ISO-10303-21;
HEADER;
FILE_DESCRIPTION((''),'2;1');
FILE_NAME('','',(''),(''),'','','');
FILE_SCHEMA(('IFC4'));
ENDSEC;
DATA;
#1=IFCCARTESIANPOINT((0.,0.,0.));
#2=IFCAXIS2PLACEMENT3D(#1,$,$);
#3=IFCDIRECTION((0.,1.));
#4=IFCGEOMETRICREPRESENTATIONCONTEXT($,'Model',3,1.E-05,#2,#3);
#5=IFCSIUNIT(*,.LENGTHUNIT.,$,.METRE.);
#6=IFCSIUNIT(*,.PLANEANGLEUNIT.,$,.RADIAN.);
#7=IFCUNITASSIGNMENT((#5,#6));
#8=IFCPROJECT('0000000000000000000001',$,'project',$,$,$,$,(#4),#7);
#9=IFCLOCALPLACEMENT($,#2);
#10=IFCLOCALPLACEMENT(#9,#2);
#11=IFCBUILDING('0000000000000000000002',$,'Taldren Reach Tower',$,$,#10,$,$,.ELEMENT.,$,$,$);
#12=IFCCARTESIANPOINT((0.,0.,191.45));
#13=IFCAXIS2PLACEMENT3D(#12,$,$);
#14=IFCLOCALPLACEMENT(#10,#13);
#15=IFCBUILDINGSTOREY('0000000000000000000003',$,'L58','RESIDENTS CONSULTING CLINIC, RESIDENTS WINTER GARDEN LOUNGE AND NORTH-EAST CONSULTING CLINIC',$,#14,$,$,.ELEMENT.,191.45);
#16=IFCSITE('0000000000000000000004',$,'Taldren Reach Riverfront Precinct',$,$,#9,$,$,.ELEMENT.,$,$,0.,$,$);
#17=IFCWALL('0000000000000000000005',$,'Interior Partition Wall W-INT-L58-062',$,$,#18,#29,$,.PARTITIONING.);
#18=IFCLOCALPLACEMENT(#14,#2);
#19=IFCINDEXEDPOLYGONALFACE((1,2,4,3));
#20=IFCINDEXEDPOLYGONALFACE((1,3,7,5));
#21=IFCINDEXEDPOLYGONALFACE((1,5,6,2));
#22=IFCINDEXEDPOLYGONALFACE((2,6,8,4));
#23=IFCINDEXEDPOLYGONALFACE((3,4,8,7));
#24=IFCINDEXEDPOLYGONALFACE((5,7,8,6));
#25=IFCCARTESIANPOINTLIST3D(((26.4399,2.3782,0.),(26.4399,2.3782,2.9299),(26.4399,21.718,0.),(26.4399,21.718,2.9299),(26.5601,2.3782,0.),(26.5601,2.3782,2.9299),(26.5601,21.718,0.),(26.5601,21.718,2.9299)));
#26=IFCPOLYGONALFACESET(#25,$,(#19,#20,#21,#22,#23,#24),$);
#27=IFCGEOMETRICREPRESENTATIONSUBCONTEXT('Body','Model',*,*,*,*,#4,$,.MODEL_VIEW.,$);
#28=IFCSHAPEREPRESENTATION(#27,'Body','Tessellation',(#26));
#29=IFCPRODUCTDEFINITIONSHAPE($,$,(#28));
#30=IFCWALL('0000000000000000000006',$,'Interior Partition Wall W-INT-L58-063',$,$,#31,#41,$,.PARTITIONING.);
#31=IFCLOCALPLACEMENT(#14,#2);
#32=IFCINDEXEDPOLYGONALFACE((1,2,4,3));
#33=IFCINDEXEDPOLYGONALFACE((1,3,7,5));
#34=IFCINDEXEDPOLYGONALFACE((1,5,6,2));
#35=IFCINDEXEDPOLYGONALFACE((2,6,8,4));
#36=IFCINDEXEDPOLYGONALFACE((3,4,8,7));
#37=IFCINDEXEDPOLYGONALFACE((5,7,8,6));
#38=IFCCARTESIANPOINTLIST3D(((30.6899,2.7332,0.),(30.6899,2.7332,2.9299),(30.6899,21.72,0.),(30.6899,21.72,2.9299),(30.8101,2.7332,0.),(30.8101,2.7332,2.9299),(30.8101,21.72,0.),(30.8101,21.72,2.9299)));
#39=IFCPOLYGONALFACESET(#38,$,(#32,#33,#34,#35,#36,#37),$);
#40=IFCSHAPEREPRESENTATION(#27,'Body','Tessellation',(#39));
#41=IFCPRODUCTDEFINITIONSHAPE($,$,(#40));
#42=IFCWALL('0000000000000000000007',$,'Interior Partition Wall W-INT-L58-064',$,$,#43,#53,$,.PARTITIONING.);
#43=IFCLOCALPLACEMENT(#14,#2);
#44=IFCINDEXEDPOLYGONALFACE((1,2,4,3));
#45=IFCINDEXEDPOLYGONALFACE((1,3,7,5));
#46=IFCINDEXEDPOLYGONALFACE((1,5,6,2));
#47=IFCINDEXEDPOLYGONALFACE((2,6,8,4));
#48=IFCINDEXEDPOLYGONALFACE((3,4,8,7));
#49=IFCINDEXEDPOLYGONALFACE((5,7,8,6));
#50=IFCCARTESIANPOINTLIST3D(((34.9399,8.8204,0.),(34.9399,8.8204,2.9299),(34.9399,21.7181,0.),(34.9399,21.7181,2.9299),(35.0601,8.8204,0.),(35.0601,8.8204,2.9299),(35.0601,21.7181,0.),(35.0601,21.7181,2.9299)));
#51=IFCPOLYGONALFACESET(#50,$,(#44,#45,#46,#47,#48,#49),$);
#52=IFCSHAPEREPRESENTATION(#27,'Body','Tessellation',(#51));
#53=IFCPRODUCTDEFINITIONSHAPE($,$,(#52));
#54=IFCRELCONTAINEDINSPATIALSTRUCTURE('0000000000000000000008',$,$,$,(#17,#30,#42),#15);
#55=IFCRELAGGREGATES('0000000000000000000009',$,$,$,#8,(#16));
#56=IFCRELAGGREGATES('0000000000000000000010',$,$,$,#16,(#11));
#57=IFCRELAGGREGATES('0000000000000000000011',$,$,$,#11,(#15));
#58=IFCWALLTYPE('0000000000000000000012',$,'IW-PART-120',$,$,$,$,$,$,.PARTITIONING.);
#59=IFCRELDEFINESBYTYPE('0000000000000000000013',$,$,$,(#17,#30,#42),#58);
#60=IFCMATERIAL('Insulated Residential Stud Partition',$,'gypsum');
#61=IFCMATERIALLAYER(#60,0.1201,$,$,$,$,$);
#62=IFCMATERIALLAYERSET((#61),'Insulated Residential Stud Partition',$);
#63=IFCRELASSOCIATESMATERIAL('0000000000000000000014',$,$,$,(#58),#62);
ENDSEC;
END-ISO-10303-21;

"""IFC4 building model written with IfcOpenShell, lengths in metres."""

from ifc_helpers import new_model, si_unit, direction, frame, frame_2d, origin, place, context, subcontext, project, spatial, rectangle, extrude, source, transform, mapped, material, layer, layer_set, type_object, element, save


model = new_model("IFC4")

# Units and contexts
model_context = context("Model", 3, precision=1e-05, world=origin(), true_north=direction((0.0, 1.0)))
body_context = subcontext(model_context, "Body", "Model", "MODEL_VIEW")
ifc_project = project(units=[si_unit("LENGTHUNIT", "METRE"), si_unit("PLANEANGLEUNIT", "RADIAN")], contexts=[model_context])

# Site, building, storey
site_placement = place(None, origin())
site = spatial("IfcSite", under=ifc_project, at=site_placement, Name="Taldren Reach Riverfront Precinct", CompositionType="ELEMENT", RefElevation=0.0)
building_placement = place(site_placement, origin())
building = spatial("IfcBuilding", under=site, at=building_placement, Name="Taldren Reach Tower", CompositionType="ELEMENT")
storey_placement = place(building_placement, frame((0.0, 0.0, 191.45)))
storey = spatial("IfcBuildingStorey", under=building, at=storey_placement, Name="L58", Description="RESIDENTS CONSULTING CLINIC, RESIDENTS WINTER GARDEN LOUNGE AND NORTH-EAST CONSULTING CLINIC", CompositionType="ELEMENT", Elevation=191.45)

# Shared definitions
ifc_material_1 = material(Name="Insulated Residential Stud Partition", Category="gypsum")
ifc_layer_1 = layer(ifc_material_1, 0.1201)
ifc_layer_set_1 = layer_set([ifc_layer_1], Name="Insulated Residential Stud Partition")
wall_type_1 = type_object("IfcWallType", Name="IW-PART-120", PredefinedType="PARTITIONING", material=ifc_layer_set_1)

# Walls
shared_shape_1 = source(origin(), body_context, "Body", "SweptSolid", [
    extrude(rectangle(XDim=19.3398, YDim=0.1201, at=frame_2d((9.6699, 0.0))), origin(), (0.0, 0.0, 1.0), 2.9299),
])
wall_1_placement = place(storey_placement, frame((26.5, 21.718, 0.0), z_axis=(0.0, 0.0, 1.0), x_axis=(0.0, -1.0, 0.0)))
element("IfcWall", 1, at=wall_1_placement, inside=storey, type_object=wall_type_1, Name="Interior Partition Wall W-INT-L58-062", PredefinedType="PARTITIONING", context=body_context, shape_type="MappedRepresentation", body=[
    mapped(shared_shape_1, transform((0.0, 0.0, 0.0), scale=1.0)),
])
shared_shape_2 = source(origin(), body_context, "Body", "SweptSolid", [
    extrude(rectangle(XDim=18.9868, YDim=0.1201, at=frame_2d((9.4934, 0.0))), origin(), (0.0, 0.0, 1.0), 2.9299),
])
wall_2_placement = place(storey_placement, frame((30.75, 21.72, 0.0), z_axis=(0.0, 0.0, 1.0), x_axis=(0.0, -1.0, 0.0)))
element("IfcWall", 2, at=wall_2_placement, inside=storey, type_object=wall_type_1, Name="Interior Partition Wall W-INT-L58-063", PredefinedType="PARTITIONING", context=body_context, shape_type="MappedRepresentation", body=[
    mapped(shared_shape_2, transform((0.0, 0.0, 0.0), scale=1.0)),
])
shared_shape_3 = source(origin(), body_context, "Body", "SweptSolid", [
    extrude(rectangle(XDim=12.8977, YDim=0.1201, at=frame_2d((6.4487, 0.0))), origin(), (0.0, 0.0, 1.0), 2.9299),
])
wall_3_placement = place(storey_placement, frame((35.0, 21.718, 0.0), z_axis=(0.0, 0.0, 1.0), x_axis=(0.0, -1.0, 0.0)))
element("IfcWall", 3, at=wall_3_placement, inside=storey, type_object=wall_type_1, Name="Interior Partition Wall W-INT-L58-064", PredefinedType="PARTITIONING", context=body_context, shape_type="MappedRepresentation", body=[
    mapped(shared_shape_3, transform((0.0, 0.0, 0.0), scale=1.0)),
])

save(model, "model.ifc")
